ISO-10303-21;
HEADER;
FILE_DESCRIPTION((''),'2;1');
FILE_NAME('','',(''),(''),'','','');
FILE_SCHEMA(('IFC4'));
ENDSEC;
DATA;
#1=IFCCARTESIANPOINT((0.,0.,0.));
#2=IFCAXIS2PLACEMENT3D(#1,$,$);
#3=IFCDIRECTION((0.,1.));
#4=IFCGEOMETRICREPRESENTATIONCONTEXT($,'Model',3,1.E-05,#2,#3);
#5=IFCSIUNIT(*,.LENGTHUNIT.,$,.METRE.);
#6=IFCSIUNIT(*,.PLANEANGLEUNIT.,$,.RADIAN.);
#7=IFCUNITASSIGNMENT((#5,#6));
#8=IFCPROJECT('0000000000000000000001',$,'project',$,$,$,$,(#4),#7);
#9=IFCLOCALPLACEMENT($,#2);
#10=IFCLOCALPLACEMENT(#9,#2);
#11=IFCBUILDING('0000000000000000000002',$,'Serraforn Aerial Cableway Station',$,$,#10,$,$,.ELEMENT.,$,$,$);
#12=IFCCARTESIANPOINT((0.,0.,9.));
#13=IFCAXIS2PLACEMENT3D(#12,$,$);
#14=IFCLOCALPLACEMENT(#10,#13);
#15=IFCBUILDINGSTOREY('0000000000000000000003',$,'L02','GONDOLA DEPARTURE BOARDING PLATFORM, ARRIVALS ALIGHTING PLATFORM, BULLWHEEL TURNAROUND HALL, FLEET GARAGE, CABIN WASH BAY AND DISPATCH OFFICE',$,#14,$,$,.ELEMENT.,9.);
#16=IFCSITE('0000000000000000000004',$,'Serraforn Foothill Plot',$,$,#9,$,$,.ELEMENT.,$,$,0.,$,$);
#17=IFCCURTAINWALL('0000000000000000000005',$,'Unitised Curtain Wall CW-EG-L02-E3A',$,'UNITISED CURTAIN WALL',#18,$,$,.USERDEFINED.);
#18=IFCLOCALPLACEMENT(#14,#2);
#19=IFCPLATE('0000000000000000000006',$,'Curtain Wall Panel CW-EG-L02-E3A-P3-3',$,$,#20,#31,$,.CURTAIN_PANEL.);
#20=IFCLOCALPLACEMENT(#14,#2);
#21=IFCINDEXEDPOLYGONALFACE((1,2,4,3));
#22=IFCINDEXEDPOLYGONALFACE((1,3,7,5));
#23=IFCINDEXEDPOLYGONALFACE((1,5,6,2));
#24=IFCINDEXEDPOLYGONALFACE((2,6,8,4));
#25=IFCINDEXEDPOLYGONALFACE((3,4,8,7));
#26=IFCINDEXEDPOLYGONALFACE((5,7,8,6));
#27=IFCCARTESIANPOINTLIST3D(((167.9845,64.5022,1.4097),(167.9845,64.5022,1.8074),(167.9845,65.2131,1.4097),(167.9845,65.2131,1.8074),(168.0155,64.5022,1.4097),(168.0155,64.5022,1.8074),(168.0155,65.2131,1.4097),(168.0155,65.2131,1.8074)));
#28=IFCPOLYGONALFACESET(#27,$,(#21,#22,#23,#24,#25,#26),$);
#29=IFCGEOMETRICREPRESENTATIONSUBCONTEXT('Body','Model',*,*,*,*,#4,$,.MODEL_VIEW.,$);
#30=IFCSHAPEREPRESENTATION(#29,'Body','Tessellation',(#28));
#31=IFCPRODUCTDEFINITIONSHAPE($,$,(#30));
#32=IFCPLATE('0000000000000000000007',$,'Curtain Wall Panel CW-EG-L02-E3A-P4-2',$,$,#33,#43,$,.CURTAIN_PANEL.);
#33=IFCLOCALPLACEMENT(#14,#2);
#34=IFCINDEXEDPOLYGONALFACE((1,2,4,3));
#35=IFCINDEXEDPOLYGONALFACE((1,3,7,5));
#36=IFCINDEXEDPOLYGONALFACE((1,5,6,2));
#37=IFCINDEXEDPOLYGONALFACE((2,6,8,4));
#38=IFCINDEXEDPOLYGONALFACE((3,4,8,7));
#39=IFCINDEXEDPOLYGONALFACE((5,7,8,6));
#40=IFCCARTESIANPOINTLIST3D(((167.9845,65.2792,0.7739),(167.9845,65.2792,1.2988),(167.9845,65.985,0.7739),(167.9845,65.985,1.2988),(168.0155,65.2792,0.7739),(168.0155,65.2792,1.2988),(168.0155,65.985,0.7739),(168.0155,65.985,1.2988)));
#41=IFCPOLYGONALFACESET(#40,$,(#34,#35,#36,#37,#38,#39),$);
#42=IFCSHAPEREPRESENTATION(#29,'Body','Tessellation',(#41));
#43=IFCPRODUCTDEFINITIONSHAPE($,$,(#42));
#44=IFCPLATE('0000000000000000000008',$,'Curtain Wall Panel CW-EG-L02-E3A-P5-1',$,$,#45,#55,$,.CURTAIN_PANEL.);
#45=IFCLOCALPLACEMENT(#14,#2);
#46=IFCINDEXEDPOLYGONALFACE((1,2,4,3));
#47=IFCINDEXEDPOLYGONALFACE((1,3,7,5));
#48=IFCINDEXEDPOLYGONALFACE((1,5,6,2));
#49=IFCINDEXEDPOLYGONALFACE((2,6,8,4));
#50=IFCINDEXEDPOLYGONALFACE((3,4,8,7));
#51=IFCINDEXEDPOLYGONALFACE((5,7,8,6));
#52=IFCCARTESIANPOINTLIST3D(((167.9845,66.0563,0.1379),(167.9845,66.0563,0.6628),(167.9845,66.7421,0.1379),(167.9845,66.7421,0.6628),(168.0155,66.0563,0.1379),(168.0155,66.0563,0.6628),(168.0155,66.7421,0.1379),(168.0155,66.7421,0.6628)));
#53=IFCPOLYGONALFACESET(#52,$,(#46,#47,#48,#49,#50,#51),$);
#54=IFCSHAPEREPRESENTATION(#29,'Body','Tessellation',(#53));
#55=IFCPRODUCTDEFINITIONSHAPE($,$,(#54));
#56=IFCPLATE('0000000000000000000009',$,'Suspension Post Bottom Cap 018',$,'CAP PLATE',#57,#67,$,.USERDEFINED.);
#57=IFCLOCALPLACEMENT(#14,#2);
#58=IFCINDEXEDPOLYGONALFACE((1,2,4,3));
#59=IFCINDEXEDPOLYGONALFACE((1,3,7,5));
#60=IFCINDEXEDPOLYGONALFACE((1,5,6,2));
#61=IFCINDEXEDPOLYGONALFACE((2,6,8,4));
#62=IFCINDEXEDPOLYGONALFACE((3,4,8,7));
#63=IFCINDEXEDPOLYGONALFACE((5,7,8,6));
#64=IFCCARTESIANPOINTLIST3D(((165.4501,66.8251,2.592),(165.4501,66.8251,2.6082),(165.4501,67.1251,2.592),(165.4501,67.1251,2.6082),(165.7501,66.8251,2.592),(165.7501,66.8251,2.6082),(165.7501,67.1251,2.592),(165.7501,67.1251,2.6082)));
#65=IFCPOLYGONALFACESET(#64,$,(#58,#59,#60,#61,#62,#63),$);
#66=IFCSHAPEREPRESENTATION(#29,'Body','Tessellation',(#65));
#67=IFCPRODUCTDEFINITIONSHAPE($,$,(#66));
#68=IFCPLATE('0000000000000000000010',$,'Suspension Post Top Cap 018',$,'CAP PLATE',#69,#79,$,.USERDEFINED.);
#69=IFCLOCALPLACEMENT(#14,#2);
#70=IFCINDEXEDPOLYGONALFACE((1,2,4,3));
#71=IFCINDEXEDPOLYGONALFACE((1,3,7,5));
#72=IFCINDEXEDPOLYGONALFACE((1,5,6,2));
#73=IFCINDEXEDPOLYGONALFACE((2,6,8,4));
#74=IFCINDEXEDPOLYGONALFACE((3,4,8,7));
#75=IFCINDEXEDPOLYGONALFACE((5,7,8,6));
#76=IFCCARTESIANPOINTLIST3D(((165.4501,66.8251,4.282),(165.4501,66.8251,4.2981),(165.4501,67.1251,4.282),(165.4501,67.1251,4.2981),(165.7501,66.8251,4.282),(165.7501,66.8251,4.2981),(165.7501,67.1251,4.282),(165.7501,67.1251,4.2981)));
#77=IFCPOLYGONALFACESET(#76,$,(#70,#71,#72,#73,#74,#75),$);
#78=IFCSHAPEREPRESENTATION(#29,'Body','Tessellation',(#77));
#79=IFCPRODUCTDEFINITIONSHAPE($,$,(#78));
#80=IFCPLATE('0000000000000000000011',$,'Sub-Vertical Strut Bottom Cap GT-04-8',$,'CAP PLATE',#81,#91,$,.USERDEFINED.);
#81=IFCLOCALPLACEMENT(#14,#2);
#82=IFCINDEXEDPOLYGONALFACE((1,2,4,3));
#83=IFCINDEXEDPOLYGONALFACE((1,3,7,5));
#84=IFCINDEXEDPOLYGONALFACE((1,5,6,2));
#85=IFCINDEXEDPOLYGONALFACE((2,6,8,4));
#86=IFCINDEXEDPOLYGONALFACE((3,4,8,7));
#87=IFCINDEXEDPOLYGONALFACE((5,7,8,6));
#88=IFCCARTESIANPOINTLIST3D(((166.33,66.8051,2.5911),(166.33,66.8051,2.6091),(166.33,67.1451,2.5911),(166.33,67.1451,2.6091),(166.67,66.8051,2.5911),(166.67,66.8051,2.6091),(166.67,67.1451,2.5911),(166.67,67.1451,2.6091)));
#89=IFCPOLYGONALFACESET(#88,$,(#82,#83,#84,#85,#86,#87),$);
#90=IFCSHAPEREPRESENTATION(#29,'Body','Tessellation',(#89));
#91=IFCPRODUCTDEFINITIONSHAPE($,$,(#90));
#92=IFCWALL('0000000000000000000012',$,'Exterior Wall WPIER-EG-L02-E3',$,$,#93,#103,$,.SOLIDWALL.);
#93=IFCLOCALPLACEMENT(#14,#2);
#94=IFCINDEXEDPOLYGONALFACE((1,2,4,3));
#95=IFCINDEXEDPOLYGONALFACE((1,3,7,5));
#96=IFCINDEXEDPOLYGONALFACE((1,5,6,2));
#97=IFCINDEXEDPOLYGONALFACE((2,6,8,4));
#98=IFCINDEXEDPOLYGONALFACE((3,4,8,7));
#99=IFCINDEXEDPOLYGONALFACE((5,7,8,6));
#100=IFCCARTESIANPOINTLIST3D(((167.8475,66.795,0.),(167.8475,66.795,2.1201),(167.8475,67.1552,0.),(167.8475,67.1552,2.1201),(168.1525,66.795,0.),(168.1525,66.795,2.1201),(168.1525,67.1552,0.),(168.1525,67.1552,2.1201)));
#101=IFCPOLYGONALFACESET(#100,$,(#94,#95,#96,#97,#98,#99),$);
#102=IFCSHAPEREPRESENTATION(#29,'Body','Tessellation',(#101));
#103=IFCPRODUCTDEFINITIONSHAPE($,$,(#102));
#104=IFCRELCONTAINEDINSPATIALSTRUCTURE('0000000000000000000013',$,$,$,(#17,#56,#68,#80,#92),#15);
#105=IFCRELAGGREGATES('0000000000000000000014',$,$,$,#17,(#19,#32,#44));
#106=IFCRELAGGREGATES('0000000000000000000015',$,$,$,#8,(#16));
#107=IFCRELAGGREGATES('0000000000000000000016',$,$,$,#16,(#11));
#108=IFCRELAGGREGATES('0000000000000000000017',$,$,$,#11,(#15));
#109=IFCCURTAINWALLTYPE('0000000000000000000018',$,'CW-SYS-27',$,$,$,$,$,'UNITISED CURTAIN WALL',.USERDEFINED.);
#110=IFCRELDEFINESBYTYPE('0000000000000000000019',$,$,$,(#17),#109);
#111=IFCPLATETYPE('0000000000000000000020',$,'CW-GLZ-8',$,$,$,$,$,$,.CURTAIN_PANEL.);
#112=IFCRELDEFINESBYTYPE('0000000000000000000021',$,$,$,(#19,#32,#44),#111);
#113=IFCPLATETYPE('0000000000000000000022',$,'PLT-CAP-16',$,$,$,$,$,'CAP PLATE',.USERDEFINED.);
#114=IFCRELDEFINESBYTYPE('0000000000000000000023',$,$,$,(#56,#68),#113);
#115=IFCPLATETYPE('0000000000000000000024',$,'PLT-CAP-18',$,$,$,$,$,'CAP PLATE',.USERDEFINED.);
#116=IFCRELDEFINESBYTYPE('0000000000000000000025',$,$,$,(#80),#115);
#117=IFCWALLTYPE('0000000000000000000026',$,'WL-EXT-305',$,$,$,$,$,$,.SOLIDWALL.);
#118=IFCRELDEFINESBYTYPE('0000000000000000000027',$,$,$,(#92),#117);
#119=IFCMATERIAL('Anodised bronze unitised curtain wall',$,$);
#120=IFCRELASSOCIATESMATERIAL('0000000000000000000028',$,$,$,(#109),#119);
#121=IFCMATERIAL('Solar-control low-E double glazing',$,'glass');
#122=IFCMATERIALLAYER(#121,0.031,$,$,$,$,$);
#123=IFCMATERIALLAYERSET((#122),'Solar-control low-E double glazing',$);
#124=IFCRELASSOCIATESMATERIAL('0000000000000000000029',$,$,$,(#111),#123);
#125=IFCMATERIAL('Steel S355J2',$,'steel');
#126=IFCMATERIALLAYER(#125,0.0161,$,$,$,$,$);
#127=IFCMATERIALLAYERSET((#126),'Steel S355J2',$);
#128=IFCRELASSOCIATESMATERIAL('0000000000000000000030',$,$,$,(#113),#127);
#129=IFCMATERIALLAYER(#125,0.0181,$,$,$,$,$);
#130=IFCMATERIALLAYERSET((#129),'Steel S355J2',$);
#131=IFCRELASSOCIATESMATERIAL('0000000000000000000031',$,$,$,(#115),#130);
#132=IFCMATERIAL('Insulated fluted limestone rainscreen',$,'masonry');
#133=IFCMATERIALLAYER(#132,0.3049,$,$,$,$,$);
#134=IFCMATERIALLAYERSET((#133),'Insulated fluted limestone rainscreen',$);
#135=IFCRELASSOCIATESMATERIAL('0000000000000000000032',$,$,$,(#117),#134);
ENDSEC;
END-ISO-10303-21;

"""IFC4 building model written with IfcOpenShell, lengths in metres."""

from ifc_helpers import new_model, si_unit, direction, frame, frame_2d, origin, origin_2d, place, context, subcontext, project, spatial, rectangle, extrude, material, layer, layer_set, type_object, element, aggregate, save


model = new_model("IFC4")

# Units and contexts
model_context = context("Model", 3, precision=1e-05, world=origin(), true_north=direction((0.0, 1.0)))
body_context = subcontext(model_context, "Body", "Model", "MODEL_VIEW")
ifc_project = project(units=[si_unit("LENGTHUNIT", "METRE"), si_unit("PLANEANGLEUNIT", "RADIAN")], contexts=[model_context])

# Site, building, storey
site_placement = place(None, origin())
site = spatial("IfcSite", under=ifc_project, at=site_placement, Name="Serraforn Foothill Plot", CompositionType="ELEMENT", RefElevation=0.0)
building_placement = place(site_placement, origin())
building = spatial("IfcBuilding", under=site, at=building_placement, Name="Serraforn Aerial Cableway Station", CompositionType="ELEMENT")
storey_placement = place(building_placement, frame((0.0, 0.0, 9.0)))
storey = spatial("IfcBuildingStorey", under=building, at=storey_placement, Name="L02", Description="GONDOLA DEPARTURE BOARDING PLATFORM, ARRIVALS ALIGHTING PLATFORM, BULLWHEEL TURNAROUND HALL, FLEET GARAGE, CABIN WASH BAY AND DISPATCH OFFICE", CompositionType="ELEMENT", Elevation=9.0)

# Curtain wall
ifc_material_1 = material(Name="Anodised bronze unitised curtain wall")
curtain_wall_type = type_object("IfcCurtainWallType", Name="CW-SYS-27", ElementType="UNITISED CURTAIN WALL", PredefinedType="USERDEFINED", material=ifc_material_1)
curtain_wall_placement = place(storey_placement, origin())
curtain_wall = element("IfcCurtainWall", 1, at=curtain_wall_placement, inside=storey, type_object=curtain_wall_type, Name="Unitised Curtain Wall CW-EG-L02-E3A", ObjectType="UNITISED CURTAIN WALL", PredefinedType="USERDEFINED")

# Shared definitions
ifc_material_2 = material(Name="Steel S355J2", Category="steel")

# Plates
ifc_material_3 = material(Name="Solar-control low-E double glazing", Category="glass")
ifc_layer_1 = layer(ifc_material_3, 0.031)
ifc_layer_set_1 = layer_set([ifc_layer_1], Name="Solar-control low-E double glazing")
plate_type_1 = type_object("IfcPlateType", Name="CW-GLZ-8", PredefinedType="CURTAIN_PANEL", material=ifc_layer_set_1)
plate_1_placement = place(storey_placement, frame((168.0, 64.8577, 1.4097), z_axis=(0.0, 0.0, 1.0), x_axis=(1.0, 0.0, 0.0)))
plate_1 = element("IfcPlate", 2, at=plate_1_placement, type_object=plate_type_1, Name="Curtain Wall Panel CW-EG-L02-E3A-P3-3", PredefinedType="CURTAIN_PANEL", context=body_context, shape_type="SweptSolid", body=[
    extrude(rectangle(XDim=0.031, YDim=0.7109, at=origin_2d()), origin(), (0.0, 0.0, 1.0), 0.3977),
])
plate_2_placement = place(storey_placement, frame((168.0, 65.6321, 0.7739), z_axis=(0.0, 0.0, 1.0), x_axis=(1.0, 0.0, 0.0)))
plate_2 = element("IfcPlate", 3, at=plate_2_placement, type_object=plate_type_1, Name="Curtain Wall Panel CW-EG-L02-E3A-P4-2", PredefinedType="CURTAIN_PANEL", context=body_context, shape_type="SweptSolid", body=[
    extrude(rectangle(XDim=0.031, YDim=0.7058, at=origin_2d()), origin(), (0.0, 0.0, 1.0), 0.5249),
])
plate_3_placement = place(storey_placement, frame((168.0, 66.3992, 0.1379), z_axis=(0.0, 0.0, 1.0), x_axis=(1.0, 0.0, 0.0)))
plate_3 = element("IfcPlate", 4, at=plate_3_placement, type_object=plate_type_1, Name="Curtain Wall Panel CW-EG-L02-E3A-P5-1", PredefinedType="CURTAIN_PANEL", context=body_context, shape_type="SweptSolid", body=[
    extrude(rectangle(XDim=0.031, YDim=0.6858, at=origin_2d()), origin(), (0.0, 0.0, 1.0), 0.5249),
])
aggregate(curtain_wall, [plate_1, plate_2, plate_3])

# Plates
ifc_layer_2 = layer(ifc_material_2, 0.0161)
ifc_layer_set_2 = layer_set([ifc_layer_2], Name="Steel S355J2")
plate_type_2 = type_object("IfcPlateType", Name="PLT-CAP-16", ElementType="CAP PLATE", PredefinedType="USERDEFINED", material=ifc_layer_set_2)
for number, where, z_axis, x_axis, name in (
    (5, (165.6001, 66.9751, 2.592), (0.0, 0.0, 1.0), (1.0, 0.0, 0.0), "Suspension Post Bottom Cap 018"),
    (6, (165.6001, 66.9751, 4.282), (0.0, 0.0, 1.0), (1.0, 0.0, 0.0), "Suspension Post Top Cap 018"),
):
    element("IfcPlate", number, at=place(storey_placement, frame(where, z_axis=z_axis, x_axis=x_axis)), inside=storey, type_object=plate_type_2, Name=name, ObjectType="CAP PLATE", PredefinedType="USERDEFINED", context=body_context, shape_type="SweptSolid", body=[
        extrude(rectangle(XDim=0.3, YDim=0.3, at=origin_2d()), origin(), (0.0, 0.0, 1.0), 0.0161),
    ])
ifc_layer_3 = layer(ifc_material_2, 0.0181)
ifc_layer_set_3 = layer_set([ifc_layer_3], Name="Steel S355J2")
plate_type_3 = type_object("IfcPlateType", Name="PLT-CAP-18", ElementType="CAP PLATE", PredefinedType="USERDEFINED", material=ifc_layer_set_3)
plate_4_placement = place(storey_placement, frame((166.5, 66.9751, 2.5911), z_axis=(0.0, 0.0, 1.0), x_axis=(1.0, 0.0, 0.0)))
element("IfcPlate", 7, at=plate_4_placement, inside=storey, type_object=plate_type_3, Name="Sub-Vertical Strut Bottom Cap GT-04-8", ObjectType="CAP PLATE", PredefinedType="USERDEFINED", context=body_context, shape_type="SweptSolid", body=[
    extrude(rectangle(XDim=0.3401, YDim=0.3401, at=origin_2d()), origin(), (0.0, 0.0, 1.0), 0.0181),
])

# Wall
ifc_material_4 = material(Name="Insulated fluted limestone rainscreen", Category="masonry")
ifc_layer_4 = layer(ifc_material_4, 0.3049)
ifc_layer_set_4 = layer_set([ifc_layer_4], Name="Insulated fluted limestone rainscreen")
wall_type = type_object("IfcWallType", Name="WL-EXT-305", PredefinedType="SOLIDWALL", material=ifc_layer_set_4)
wall_placement = place(storey_placement, frame((168.0, 66.7949, 0.0), z_axis=(0.0, 0.0, 1.0), x_axis=(0.0, 1.0, 0.0)))
element("IfcWall", 8, at=wall_placement, inside=storey, type_object=wall_type, Name="Exterior Wall WPIER-EG-L02-E3", PredefinedType="SOLIDWALL", context=body_context, shape_type="SweptSolid", body=[
    extrude(rectangle(XDim=0.3601, YDim=0.3049, at=frame_2d((0.1802, 0.0))), origin(), (0.0, 0.0, 1.0), 2.1201),
])

save(model, "model.ifc")
